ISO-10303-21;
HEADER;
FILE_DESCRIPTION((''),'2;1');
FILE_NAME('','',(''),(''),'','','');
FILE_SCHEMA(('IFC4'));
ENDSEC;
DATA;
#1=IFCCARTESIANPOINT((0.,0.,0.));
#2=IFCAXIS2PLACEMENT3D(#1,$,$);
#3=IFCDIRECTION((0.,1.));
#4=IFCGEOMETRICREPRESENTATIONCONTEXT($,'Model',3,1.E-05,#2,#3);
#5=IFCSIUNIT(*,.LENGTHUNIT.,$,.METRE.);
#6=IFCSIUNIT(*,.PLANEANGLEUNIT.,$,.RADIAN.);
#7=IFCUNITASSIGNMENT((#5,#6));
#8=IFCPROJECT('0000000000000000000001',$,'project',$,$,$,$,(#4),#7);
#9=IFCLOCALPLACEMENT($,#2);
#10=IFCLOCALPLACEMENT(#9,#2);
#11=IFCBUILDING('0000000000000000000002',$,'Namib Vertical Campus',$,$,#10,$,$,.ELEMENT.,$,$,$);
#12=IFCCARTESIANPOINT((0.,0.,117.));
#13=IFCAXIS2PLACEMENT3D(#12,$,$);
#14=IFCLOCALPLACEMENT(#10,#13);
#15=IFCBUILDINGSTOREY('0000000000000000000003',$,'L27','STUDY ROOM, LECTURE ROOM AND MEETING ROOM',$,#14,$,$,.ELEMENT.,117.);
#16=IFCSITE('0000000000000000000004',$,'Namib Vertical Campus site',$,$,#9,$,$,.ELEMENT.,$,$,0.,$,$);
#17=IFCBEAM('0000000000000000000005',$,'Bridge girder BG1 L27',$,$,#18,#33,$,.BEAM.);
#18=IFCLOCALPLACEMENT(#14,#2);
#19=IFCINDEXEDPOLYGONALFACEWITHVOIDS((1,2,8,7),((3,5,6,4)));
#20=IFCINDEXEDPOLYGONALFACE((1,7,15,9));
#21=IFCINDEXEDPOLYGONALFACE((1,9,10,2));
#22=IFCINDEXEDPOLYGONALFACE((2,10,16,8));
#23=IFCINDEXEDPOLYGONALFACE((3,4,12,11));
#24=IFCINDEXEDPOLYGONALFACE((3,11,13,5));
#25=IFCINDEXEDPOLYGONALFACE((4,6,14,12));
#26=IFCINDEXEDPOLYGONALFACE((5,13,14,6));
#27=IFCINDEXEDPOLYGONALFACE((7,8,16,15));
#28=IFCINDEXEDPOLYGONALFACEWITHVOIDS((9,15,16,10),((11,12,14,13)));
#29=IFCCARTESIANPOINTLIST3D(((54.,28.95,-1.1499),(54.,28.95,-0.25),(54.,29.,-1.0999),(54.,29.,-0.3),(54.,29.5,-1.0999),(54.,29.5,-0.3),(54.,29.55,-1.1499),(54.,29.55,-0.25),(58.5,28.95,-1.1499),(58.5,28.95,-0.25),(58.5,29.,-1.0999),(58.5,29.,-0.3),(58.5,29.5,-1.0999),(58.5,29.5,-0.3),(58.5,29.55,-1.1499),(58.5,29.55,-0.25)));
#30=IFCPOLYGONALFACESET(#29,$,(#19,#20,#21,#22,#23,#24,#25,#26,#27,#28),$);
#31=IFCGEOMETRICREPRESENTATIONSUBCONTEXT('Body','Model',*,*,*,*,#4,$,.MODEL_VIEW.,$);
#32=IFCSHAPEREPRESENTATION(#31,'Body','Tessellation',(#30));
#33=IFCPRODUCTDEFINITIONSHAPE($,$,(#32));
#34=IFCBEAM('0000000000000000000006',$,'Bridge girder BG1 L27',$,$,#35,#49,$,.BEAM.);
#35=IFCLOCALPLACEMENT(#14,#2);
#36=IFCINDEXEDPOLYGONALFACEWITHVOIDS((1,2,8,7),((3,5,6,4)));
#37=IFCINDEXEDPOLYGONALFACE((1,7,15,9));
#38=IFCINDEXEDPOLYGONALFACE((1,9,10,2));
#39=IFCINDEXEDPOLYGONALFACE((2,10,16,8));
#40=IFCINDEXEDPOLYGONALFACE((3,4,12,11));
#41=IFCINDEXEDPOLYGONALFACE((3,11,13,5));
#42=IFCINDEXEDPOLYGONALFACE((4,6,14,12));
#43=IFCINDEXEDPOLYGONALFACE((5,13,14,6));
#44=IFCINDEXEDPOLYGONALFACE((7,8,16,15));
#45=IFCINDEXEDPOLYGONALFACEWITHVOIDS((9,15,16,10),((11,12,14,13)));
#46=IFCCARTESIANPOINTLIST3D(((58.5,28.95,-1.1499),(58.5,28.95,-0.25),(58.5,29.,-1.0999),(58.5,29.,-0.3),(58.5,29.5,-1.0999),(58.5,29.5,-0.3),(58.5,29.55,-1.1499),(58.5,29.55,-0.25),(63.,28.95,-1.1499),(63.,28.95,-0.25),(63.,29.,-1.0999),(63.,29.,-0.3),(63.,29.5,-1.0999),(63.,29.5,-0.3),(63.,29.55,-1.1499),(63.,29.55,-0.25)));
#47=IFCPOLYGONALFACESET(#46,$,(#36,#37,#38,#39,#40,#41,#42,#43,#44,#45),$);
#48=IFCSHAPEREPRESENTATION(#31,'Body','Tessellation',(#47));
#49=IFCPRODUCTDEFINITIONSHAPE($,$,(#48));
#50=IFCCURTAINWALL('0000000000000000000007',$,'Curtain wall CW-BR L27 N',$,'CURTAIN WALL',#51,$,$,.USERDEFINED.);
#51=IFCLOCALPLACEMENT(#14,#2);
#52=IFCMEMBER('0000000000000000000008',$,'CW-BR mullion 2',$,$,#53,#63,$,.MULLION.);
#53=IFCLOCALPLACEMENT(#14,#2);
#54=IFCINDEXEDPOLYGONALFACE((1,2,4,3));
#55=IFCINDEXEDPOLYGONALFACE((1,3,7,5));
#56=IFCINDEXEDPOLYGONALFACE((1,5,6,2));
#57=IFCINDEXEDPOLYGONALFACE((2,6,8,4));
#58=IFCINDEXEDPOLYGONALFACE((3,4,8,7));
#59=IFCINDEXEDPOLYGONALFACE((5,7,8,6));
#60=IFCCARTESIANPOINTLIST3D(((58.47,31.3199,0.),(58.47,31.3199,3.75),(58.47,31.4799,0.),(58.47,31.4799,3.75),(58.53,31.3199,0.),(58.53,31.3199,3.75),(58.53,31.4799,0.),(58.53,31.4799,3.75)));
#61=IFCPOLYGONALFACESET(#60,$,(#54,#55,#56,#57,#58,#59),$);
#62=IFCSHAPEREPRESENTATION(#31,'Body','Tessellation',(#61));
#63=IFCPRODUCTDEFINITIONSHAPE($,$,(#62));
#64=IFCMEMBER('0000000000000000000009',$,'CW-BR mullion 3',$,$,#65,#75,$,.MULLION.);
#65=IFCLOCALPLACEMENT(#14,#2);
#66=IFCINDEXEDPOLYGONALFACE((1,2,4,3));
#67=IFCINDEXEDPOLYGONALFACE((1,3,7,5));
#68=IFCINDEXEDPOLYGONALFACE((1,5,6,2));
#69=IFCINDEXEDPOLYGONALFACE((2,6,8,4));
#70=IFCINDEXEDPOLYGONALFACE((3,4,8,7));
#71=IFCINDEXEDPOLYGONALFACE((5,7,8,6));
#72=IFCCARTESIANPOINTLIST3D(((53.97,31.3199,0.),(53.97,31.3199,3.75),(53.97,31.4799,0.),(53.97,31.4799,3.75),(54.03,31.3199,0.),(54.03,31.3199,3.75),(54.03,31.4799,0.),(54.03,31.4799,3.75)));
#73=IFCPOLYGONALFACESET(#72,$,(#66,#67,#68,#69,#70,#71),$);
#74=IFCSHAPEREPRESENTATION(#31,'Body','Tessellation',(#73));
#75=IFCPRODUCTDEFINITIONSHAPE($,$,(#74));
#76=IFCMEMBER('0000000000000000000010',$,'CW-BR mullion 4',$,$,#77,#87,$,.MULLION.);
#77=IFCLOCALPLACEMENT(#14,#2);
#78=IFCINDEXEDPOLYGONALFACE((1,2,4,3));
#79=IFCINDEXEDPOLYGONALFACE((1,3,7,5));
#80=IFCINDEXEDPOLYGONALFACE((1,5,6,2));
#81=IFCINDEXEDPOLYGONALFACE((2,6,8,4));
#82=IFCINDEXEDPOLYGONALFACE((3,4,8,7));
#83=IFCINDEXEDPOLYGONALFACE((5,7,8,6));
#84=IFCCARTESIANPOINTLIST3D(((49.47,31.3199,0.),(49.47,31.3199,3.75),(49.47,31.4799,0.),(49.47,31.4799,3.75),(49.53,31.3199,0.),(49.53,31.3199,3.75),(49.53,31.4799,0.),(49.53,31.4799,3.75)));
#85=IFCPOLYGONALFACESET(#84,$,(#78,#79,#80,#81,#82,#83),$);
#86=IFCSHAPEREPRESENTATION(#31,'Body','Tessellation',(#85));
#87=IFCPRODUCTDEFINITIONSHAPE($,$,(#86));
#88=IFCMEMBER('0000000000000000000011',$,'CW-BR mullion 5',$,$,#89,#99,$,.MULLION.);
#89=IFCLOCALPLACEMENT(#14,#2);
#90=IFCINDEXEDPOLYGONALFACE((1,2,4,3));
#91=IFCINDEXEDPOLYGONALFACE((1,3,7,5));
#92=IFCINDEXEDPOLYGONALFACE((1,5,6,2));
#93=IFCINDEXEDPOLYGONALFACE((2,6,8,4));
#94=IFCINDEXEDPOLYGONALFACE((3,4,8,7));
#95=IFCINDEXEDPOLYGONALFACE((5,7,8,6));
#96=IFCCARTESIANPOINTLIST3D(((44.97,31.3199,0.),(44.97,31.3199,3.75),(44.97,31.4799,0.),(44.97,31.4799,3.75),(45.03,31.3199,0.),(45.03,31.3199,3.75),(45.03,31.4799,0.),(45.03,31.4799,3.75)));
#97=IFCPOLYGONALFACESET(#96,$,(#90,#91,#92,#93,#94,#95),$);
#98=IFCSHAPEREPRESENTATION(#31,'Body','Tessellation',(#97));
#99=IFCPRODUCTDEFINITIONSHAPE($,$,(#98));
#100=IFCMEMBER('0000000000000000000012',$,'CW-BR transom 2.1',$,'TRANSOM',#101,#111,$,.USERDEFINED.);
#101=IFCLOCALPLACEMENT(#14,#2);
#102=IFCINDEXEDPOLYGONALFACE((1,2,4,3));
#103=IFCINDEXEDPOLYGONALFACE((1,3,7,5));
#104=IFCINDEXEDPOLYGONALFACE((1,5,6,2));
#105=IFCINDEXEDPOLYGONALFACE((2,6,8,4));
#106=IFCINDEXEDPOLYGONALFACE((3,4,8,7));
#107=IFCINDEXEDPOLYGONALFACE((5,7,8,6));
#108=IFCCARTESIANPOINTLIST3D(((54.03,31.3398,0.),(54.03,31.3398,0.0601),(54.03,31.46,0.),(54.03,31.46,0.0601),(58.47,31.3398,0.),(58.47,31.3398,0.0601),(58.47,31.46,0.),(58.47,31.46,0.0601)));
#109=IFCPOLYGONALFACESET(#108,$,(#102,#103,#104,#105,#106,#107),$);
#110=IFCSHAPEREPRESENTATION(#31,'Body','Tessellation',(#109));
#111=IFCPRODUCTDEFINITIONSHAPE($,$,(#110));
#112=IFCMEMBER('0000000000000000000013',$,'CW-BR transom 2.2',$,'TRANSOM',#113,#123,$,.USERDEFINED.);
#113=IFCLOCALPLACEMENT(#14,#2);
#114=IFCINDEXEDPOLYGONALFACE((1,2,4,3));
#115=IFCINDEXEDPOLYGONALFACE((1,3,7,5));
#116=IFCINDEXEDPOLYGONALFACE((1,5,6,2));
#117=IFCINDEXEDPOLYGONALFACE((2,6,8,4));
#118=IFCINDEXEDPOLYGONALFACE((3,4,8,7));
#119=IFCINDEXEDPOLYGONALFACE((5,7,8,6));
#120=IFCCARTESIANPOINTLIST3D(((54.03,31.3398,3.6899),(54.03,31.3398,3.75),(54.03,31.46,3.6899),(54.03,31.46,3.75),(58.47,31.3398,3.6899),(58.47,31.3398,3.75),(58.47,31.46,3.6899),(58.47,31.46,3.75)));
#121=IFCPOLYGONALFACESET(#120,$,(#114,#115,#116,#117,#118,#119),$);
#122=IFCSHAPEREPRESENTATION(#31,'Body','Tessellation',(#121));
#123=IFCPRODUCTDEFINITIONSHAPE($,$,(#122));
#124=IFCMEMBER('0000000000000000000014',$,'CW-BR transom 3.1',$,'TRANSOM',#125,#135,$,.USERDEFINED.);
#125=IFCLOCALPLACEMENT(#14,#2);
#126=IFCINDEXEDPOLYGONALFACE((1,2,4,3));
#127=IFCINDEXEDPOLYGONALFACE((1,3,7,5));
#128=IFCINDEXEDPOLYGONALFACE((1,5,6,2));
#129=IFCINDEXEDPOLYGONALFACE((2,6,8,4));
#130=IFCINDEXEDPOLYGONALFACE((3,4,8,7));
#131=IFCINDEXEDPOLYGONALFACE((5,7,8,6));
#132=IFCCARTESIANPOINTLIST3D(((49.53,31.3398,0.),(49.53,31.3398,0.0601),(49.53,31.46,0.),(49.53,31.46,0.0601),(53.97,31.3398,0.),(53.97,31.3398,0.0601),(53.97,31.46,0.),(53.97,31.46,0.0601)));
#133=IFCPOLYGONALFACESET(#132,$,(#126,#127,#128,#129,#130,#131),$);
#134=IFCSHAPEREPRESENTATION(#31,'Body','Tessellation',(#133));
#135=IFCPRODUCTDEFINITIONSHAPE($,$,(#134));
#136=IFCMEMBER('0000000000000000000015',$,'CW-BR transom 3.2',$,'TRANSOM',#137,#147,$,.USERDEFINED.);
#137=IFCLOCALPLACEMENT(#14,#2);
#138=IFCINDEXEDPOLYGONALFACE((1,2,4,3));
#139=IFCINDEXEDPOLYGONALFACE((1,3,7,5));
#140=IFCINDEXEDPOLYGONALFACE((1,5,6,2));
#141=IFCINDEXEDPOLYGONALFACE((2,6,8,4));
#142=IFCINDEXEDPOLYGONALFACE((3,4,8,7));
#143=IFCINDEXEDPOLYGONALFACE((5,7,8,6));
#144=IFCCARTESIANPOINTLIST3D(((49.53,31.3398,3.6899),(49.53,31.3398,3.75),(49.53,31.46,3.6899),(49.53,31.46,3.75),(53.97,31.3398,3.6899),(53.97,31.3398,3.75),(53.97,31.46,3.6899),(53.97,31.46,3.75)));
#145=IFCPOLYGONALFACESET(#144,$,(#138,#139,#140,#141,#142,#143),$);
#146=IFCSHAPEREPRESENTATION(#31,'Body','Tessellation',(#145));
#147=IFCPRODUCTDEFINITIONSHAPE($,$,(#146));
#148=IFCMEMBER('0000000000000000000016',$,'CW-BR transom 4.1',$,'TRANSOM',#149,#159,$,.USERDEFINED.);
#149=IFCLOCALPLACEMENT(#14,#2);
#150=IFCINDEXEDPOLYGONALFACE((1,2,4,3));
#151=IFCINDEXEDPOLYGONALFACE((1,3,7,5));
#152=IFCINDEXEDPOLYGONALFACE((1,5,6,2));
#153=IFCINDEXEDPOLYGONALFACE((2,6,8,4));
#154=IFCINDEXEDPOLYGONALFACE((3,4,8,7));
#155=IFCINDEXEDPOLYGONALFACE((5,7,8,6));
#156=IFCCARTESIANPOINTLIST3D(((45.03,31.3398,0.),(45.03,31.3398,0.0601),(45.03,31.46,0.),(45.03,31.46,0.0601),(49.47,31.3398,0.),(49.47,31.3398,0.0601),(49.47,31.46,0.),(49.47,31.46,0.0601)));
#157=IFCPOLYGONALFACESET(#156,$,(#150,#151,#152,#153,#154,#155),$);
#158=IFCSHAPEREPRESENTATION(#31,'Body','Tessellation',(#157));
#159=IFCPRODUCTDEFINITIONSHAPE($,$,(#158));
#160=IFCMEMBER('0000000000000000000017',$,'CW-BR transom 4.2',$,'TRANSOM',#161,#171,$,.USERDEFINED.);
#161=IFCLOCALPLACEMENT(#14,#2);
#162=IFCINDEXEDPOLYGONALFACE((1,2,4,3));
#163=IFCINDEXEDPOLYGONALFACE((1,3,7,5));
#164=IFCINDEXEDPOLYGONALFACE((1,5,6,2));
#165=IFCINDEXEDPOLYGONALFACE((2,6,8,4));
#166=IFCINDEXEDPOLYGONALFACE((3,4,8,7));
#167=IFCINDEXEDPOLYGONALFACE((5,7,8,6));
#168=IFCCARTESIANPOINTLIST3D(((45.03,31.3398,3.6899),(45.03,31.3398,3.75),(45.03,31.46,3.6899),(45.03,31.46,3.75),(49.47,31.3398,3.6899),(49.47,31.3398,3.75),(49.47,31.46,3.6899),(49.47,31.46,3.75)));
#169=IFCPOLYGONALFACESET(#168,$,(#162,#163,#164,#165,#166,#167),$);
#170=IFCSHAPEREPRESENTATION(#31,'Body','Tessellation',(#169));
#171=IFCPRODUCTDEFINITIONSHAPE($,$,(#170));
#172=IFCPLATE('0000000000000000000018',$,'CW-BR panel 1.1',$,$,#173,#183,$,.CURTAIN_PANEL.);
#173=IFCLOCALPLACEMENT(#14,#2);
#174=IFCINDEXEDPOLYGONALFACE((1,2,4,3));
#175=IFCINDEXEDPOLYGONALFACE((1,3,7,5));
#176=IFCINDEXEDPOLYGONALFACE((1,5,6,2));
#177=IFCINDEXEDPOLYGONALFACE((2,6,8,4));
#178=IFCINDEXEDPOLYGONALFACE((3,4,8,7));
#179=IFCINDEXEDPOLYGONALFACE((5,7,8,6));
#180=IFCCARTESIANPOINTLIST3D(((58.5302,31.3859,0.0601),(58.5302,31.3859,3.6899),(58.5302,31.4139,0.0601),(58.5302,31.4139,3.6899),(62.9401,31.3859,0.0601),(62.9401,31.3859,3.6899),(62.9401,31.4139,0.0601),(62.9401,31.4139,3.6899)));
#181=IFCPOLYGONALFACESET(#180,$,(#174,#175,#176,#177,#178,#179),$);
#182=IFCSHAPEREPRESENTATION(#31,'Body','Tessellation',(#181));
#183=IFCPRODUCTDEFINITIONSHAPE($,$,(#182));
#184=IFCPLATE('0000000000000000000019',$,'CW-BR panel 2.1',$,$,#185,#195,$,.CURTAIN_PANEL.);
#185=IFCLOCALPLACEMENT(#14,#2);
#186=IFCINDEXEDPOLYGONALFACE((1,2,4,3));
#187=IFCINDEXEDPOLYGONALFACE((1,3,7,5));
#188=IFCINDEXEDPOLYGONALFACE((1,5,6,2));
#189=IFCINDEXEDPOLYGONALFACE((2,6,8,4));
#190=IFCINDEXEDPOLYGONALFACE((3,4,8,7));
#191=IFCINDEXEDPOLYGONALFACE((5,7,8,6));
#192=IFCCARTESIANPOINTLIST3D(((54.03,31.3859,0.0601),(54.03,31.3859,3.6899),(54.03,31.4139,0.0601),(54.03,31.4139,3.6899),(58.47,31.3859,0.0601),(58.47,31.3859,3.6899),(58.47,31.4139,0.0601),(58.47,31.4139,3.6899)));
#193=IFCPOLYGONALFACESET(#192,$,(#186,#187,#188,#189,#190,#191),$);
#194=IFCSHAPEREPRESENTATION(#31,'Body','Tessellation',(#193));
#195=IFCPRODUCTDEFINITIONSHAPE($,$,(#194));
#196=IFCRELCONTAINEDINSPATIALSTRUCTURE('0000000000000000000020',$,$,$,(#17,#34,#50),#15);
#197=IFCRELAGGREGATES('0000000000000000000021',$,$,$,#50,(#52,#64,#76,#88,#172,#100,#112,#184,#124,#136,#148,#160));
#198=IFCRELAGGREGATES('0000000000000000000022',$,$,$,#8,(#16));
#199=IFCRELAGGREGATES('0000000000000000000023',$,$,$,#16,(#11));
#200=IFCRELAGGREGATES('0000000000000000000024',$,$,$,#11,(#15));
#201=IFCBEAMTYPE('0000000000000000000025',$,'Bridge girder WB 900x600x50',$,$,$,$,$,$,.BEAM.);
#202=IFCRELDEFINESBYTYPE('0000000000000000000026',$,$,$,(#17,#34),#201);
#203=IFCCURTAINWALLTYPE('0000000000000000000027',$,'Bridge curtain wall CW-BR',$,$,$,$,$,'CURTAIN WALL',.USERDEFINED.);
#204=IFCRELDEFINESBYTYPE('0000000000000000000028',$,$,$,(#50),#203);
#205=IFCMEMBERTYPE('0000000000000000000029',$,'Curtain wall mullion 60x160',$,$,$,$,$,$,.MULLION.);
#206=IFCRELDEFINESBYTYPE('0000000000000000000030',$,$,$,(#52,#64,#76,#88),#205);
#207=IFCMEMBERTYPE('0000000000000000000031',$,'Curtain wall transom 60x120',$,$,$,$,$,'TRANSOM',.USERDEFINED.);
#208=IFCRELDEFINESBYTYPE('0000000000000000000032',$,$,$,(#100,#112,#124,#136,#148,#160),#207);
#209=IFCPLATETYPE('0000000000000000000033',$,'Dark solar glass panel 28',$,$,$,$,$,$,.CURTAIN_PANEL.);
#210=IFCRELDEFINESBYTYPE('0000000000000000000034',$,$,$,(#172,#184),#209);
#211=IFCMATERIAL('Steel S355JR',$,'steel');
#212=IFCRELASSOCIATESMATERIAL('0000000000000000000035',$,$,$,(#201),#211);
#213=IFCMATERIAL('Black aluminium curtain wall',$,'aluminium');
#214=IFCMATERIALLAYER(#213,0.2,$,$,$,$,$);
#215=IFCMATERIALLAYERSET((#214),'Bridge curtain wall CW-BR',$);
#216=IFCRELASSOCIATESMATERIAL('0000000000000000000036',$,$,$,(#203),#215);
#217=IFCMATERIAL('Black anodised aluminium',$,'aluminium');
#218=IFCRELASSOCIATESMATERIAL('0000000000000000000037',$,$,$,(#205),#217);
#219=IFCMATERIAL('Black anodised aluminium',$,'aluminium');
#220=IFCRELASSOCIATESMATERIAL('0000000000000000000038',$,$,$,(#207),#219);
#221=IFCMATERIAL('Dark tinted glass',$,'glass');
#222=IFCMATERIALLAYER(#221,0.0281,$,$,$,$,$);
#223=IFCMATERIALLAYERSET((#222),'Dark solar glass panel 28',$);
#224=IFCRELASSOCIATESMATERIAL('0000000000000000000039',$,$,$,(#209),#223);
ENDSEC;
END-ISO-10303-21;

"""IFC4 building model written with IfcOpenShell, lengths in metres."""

from ifc_helpers import new_model, si_unit, direction, frame, origin, origin_2d, place, context, subcontext, project, spatial, rectangle, hollow_rectangle, extrude, material, layer, layer_set, material_profile, profile_set, type_object, element, aggregate, save


model = new_model("IFC4")

# Units and contexts
model_context = context("Model", 3, precision=1e-05, world=origin(), true_north=direction((0.0, 1.0)))
body_context = subcontext(model_context, "Body", "Model", "MODEL_VIEW")
ifc_project = project(units=[si_unit("LENGTHUNIT", "METRE"), si_unit("PLANEANGLEUNIT", "RADIAN")], contexts=[model_context])

# Site, building, storey
site_placement = place(None, origin())
site = spatial("IfcSite", under=ifc_project, at=site_placement, Name="Namib Vertical Campus site", CompositionType="ELEMENT", RefElevation=0.0)
building_placement = place(site_placement, origin())
building = spatial("IfcBuilding", under=site, at=building_placement, Name="Namib Vertical Campus", CompositionType="ELEMENT")
storey_placement = place(building_placement, frame((0.0, 0.0, 117.0)))
storey = spatial("IfcBuildingStorey", under=building, at=storey_placement, Name="L27", Description="STUDY ROOM, LECTURE ROOM AND MEETING ROOM", CompositionType="ELEMENT", Elevation=117.0)

# Beams
ifc_material_1 = material(Name="Steel S355JR", Category="steel")
ifc_material_profile_1 = material_profile(ifc_material_1, hollow_rectangle(XDim=0.6001, YDim=0.8999, WallThickness=0.05, at=origin_2d()))
ifc_profile_set_1 = profile_set([ifc_material_profile_1], Name="Steel S355JR")
beam_type_1 = type_object("IfcBeamType", Name="Bridge girder WB 900x600x50", PredefinedType="BEAM", material=ifc_profile_set_1)
for number, where, z_axis, x_axis, name in (
    (1, (54.0, 29.25, -0.7), (1.0, 0.0, 0.0), (0.0, 1.0, 0.0), "Bridge girder BG1 L27"),
    (2, (58.5, 29.25, -0.7), (1.0, 0.0, 0.0), (0.0, 1.0, 0.0), "Bridge girder BG1 L27"),
):
    element("IfcBeam", number, at=place(storey_placement, frame(where, z_axis=z_axis, x_axis=x_axis)), inside=storey, type_object=beam_type_1, Name=name, PredefinedType="BEAM", context=body_context, shape_type="SweptSolid", body=[
        extrude(hollow_rectangle(XDim=0.6001, YDim=0.8999, WallThickness=0.05, at=origin_2d()), origin(), (0.0, 0.0, 1.0), 4.5),
    ])

# Curtain wall, members, plates
ifc_material_2 = material(Name="Black aluminium curtain wall", Category="aluminium")
ifc_layer_1 = layer(ifc_material_2, 0.2)
ifc_layer_set_1 = layer_set([ifc_layer_1], Name="Bridge curtain wall CW-BR")
curtain_wall_type = type_object("IfcCurtainWallType", Name="Bridge curtain wall CW-BR", ElementType="CURTAIN WALL", PredefinedType="USERDEFINED", material=ifc_layer_set_1)
curtain_wall_placement = place(storey_placement, origin())
curtain_wall = element("IfcCurtainWall", 3, at=curtain_wall_placement, inside=storey, type_object=curtain_wall_type, Name="Curtain wall CW-BR L27 N", ObjectType="CURTAIN WALL", PredefinedType="USERDEFINED")
ifc_material_3 = material(Name="Black anodised aluminium", Category="aluminium")
ifc_material_profile_2 = material_profile(ifc_material_3, rectangle(XDim=0.0601, YDim=0.1599, at=origin_2d()))
ifc_profile_set_2 = profile_set([ifc_material_profile_2], Name="Black anodised aluminium")
member_type_1 = type_object("IfcMemberType", Name="Curtain wall mullion 60x160", PredefinedType="MULLION", material=ifc_profile_set_2)
member_1_placement = place(storey_placement, frame((58.5, 31.3999, 0.0), z_axis=(0.0, 0.0, 1.0), x_axis=(-1.0, 0.0, 0.0)))
member_1 = element("IfcMember", 4, at=member_1_placement, type_object=member_type_1, Name="CW-BR mullion 2", PredefinedType="MULLION", context=body_context, shape_type="SweptSolid", body=[
    extrude(rectangle(XDim=0.0601, YDim=0.1599, at=origin_2d()), origin(), (0.0, 0.0, 1.0), 3.75),
])
member_2_placement = place(storey_placement, frame((54.0, 31.3999, 0.0), z_axis=(0.0, 0.0, 1.0), x_axis=(-1.0, 0.0, 0.0)))
member_2 = element("IfcMember", 5, at=member_2_placement, type_object=member_type_1, Name="CW-BR mullion 3", PredefinedType="MULLION", context=body_context, shape_type="SweptSolid", body=[
    extrude(rectangle(XDim=0.0601, YDim=0.1599, at=origin_2d()), origin(), (0.0, 0.0, 1.0), 3.75),
])
member_3_placement = place(storey_placement, frame((49.5, 31.3999, 0.0), z_axis=(0.0, 0.0, 1.0), x_axis=(-1.0, 0.0, 0.0)))
member_3 = element("IfcMember", 6, at=member_3_placement, type_object=member_type_1, Name="CW-BR mullion 4", PredefinedType="MULLION", context=body_context, shape_type="SweptSolid", body=[
    extrude(rectangle(XDim=0.0601, YDim=0.1599, at=origin_2d()), origin(), (0.0, 0.0, 1.0), 3.75),
])
member_4_placement = place(storey_placement, frame((45.0, 31.3999, 0.0), z_axis=(0.0, 0.0, 1.0), x_axis=(-1.0, 0.0, 0.0)))
member_4 = element("IfcMember", 7, at=member_4_placement, type_object=member_type_1, Name="CW-BR mullion 5", PredefinedType="MULLION", context=body_context, shape_type="SweptSolid", body=[
    extrude(rectangle(XDim=0.0601, YDim=0.1599, at=origin_2d()), origin(), (0.0, 0.0, 1.0), 3.75),
])
ifc_material_4 = material(Name="Black anodised aluminium", Category="aluminium")
ifc_material_profile_3 = material_profile(ifc_material_4, rectangle(XDim=0.0601, YDim=0.1201, at=origin_2d()))
ifc_profile_set_3 = profile_set([ifc_material_profile_3], Name="Black anodised aluminium")
member_type_2 = type_object("IfcMemberType", Name="Curtain wall transom 60x120", ElementType="TRANSOM", PredefinedType="USERDEFINED", material=ifc_profile_set_3)
member_5_placement = place(storey_placement, frame((58.47, 31.3999, 0.03), z_axis=(-1.0, 0.0, 0.0), x_axis=(0.0, 0.0, 1.0)))
member_5 = element("IfcMember", 8, at=member_5_placement, type_object=member_type_2, Name="CW-BR transom 2.1", ObjectType="TRANSOM", PredefinedType="USERDEFINED", context=body_context, shape_type="SweptSolid", body=[
    extrude(rectangle(XDim=0.0601, YDim=0.1201, at=origin_2d()), origin(), (0.0, 0.0, 1.0), 4.4399),
])
member_6_placement = place(storey_placement, frame((58.47, 31.3999, 3.72), z_axis=(-1.0, 0.0, 0.0), x_axis=(0.0, 0.0, 1.0)))
member_6 = element("IfcMember", 9, at=member_6_placement, type_object=member_type_2, Name="CW-BR transom 2.2", ObjectType="TRANSOM", PredefinedType="USERDEFINED", context=body_context, shape_type="SweptSolid", body=[
    extrude(rectangle(XDim=0.0601, YDim=0.1201, at=origin_2d()), origin(), (0.0, 0.0, 1.0), 4.4399),
])
member_7_placement = place(storey_placement, frame((53.97, 31.3999, 0.03), z_axis=(-1.0, 0.0, 0.0), x_axis=(0.0, 0.0, 1.0)))
member_7 = element("IfcMember", 10, at=member_7_placement, type_object=member_type_2, Name="CW-BR transom 3.1", ObjectType="TRANSOM", PredefinedType="USERDEFINED", context=body_context, shape_type="SweptSolid", body=[
    extrude(rectangle(XDim=0.0601, YDim=0.1201, at=origin_2d()), origin(), (0.0, 0.0, 1.0), 4.4399),
])
member_8_placement = place(storey_placement, frame((53.97, 31.3999, 3.72), z_axis=(-1.0, 0.0, 0.0), x_axis=(0.0, 0.0, 1.0)))
member_8 = element("IfcMember", 11, at=member_8_placement, type_object=member_type_2, Name="CW-BR transom 3.2", ObjectType="TRANSOM", PredefinedType="USERDEFINED", context=body_context, shape_type="SweptSolid", body=[
    extrude(rectangle(XDim=0.0601, YDim=0.1201, at=origin_2d()), origin(), (0.0, 0.0, 1.0), 4.4399),
])
member_9_placement = place(storey_placement, frame((49.47, 31.3999, 0.03), z_axis=(-1.0, 0.0, 0.0), x_axis=(0.0, 0.0, 1.0)))
member_9 = element("IfcMember", 12, at=member_9_placement, type_object=member_type_2, Name="CW-BR transom 4.1", ObjectType="TRANSOM", PredefinedType="USERDEFINED", context=body_context, shape_type="SweptSolid", body=[
    extrude(rectangle(XDim=0.0601, YDim=0.1201, at=origin_2d()), origin(), (0.0, 0.0, 1.0), 4.4399),
])
member_10_placement = place(storey_placement, frame((49.47, 31.3999, 3.72), z_axis=(-1.0, 0.0, 0.0), x_axis=(0.0, 0.0, 1.0)))
member_10 = element("IfcMember", 13, at=member_10_placement, type_object=member_type_2, Name="CW-BR transom 4.2", ObjectType="TRANSOM", PredefinedType="USERDEFINED", context=body_context, shape_type="SweptSolid", body=[
    extrude(rectangle(XDim=0.0601, YDim=0.1201, at=origin_2d()), origin(), (0.0, 0.0, 1.0), 4.4399),
])
ifc_material_5 = material(Name="Dark tinted glass", Category="glass")
ifc_layer_2 = layer(ifc_material_5, 0.0281)
ifc_layer_set_2 = layer_set([ifc_layer_2], Name="Dark solar glass panel 28")
plate_type = type_object("IfcPlateType", Name="Dark solar glass panel 28", PredefinedType="CURTAIN_PANEL", material=ifc_layer_set_2)
plate_1_placement = place(storey_placement, frame((60.7351, 31.3999, 0.0601), z_axis=(0.0, 0.0, 1.0), x_axis=(-1.0, 0.0, 0.0)))
plate_1 = element("IfcPlate", 14, at=plate_1_placement, type_object=plate_type, Name="CW-BR panel 1.1", PredefinedType="CURTAIN_PANEL", context=body_context, shape_type="SweptSolid", body=[
    extrude(rectangle(XDim=4.4099, YDim=0.0281, at=origin_2d()), origin(), (0.0, 0.0, 1.0), 3.6299),
])
plate_2_placement = place(storey_placement, frame((56.25, 31.3999, 0.0601), z_axis=(0.0, 0.0, 1.0), x_axis=(-1.0, 0.0, 0.0)))
plate_2 = element("IfcPlate", 15, at=plate_2_placement, type_object=plate_type, Name="CW-BR panel 2.1", PredefinedType="CURTAIN_PANEL", context=body_context, shape_type="SweptSolid", body=[
    extrude(rectangle(XDim=4.4399, YDim=0.0281, at=origin_2d()), origin(), (0.0, 0.0, 1.0), 3.6299),
])
aggregate(curtain_wall, [member_1, member_2, member_3, member_4, plate_1, member_5, member_6, plate_2, member_7, member_8, member_9, member_10])

save(model, "model.ifc")
